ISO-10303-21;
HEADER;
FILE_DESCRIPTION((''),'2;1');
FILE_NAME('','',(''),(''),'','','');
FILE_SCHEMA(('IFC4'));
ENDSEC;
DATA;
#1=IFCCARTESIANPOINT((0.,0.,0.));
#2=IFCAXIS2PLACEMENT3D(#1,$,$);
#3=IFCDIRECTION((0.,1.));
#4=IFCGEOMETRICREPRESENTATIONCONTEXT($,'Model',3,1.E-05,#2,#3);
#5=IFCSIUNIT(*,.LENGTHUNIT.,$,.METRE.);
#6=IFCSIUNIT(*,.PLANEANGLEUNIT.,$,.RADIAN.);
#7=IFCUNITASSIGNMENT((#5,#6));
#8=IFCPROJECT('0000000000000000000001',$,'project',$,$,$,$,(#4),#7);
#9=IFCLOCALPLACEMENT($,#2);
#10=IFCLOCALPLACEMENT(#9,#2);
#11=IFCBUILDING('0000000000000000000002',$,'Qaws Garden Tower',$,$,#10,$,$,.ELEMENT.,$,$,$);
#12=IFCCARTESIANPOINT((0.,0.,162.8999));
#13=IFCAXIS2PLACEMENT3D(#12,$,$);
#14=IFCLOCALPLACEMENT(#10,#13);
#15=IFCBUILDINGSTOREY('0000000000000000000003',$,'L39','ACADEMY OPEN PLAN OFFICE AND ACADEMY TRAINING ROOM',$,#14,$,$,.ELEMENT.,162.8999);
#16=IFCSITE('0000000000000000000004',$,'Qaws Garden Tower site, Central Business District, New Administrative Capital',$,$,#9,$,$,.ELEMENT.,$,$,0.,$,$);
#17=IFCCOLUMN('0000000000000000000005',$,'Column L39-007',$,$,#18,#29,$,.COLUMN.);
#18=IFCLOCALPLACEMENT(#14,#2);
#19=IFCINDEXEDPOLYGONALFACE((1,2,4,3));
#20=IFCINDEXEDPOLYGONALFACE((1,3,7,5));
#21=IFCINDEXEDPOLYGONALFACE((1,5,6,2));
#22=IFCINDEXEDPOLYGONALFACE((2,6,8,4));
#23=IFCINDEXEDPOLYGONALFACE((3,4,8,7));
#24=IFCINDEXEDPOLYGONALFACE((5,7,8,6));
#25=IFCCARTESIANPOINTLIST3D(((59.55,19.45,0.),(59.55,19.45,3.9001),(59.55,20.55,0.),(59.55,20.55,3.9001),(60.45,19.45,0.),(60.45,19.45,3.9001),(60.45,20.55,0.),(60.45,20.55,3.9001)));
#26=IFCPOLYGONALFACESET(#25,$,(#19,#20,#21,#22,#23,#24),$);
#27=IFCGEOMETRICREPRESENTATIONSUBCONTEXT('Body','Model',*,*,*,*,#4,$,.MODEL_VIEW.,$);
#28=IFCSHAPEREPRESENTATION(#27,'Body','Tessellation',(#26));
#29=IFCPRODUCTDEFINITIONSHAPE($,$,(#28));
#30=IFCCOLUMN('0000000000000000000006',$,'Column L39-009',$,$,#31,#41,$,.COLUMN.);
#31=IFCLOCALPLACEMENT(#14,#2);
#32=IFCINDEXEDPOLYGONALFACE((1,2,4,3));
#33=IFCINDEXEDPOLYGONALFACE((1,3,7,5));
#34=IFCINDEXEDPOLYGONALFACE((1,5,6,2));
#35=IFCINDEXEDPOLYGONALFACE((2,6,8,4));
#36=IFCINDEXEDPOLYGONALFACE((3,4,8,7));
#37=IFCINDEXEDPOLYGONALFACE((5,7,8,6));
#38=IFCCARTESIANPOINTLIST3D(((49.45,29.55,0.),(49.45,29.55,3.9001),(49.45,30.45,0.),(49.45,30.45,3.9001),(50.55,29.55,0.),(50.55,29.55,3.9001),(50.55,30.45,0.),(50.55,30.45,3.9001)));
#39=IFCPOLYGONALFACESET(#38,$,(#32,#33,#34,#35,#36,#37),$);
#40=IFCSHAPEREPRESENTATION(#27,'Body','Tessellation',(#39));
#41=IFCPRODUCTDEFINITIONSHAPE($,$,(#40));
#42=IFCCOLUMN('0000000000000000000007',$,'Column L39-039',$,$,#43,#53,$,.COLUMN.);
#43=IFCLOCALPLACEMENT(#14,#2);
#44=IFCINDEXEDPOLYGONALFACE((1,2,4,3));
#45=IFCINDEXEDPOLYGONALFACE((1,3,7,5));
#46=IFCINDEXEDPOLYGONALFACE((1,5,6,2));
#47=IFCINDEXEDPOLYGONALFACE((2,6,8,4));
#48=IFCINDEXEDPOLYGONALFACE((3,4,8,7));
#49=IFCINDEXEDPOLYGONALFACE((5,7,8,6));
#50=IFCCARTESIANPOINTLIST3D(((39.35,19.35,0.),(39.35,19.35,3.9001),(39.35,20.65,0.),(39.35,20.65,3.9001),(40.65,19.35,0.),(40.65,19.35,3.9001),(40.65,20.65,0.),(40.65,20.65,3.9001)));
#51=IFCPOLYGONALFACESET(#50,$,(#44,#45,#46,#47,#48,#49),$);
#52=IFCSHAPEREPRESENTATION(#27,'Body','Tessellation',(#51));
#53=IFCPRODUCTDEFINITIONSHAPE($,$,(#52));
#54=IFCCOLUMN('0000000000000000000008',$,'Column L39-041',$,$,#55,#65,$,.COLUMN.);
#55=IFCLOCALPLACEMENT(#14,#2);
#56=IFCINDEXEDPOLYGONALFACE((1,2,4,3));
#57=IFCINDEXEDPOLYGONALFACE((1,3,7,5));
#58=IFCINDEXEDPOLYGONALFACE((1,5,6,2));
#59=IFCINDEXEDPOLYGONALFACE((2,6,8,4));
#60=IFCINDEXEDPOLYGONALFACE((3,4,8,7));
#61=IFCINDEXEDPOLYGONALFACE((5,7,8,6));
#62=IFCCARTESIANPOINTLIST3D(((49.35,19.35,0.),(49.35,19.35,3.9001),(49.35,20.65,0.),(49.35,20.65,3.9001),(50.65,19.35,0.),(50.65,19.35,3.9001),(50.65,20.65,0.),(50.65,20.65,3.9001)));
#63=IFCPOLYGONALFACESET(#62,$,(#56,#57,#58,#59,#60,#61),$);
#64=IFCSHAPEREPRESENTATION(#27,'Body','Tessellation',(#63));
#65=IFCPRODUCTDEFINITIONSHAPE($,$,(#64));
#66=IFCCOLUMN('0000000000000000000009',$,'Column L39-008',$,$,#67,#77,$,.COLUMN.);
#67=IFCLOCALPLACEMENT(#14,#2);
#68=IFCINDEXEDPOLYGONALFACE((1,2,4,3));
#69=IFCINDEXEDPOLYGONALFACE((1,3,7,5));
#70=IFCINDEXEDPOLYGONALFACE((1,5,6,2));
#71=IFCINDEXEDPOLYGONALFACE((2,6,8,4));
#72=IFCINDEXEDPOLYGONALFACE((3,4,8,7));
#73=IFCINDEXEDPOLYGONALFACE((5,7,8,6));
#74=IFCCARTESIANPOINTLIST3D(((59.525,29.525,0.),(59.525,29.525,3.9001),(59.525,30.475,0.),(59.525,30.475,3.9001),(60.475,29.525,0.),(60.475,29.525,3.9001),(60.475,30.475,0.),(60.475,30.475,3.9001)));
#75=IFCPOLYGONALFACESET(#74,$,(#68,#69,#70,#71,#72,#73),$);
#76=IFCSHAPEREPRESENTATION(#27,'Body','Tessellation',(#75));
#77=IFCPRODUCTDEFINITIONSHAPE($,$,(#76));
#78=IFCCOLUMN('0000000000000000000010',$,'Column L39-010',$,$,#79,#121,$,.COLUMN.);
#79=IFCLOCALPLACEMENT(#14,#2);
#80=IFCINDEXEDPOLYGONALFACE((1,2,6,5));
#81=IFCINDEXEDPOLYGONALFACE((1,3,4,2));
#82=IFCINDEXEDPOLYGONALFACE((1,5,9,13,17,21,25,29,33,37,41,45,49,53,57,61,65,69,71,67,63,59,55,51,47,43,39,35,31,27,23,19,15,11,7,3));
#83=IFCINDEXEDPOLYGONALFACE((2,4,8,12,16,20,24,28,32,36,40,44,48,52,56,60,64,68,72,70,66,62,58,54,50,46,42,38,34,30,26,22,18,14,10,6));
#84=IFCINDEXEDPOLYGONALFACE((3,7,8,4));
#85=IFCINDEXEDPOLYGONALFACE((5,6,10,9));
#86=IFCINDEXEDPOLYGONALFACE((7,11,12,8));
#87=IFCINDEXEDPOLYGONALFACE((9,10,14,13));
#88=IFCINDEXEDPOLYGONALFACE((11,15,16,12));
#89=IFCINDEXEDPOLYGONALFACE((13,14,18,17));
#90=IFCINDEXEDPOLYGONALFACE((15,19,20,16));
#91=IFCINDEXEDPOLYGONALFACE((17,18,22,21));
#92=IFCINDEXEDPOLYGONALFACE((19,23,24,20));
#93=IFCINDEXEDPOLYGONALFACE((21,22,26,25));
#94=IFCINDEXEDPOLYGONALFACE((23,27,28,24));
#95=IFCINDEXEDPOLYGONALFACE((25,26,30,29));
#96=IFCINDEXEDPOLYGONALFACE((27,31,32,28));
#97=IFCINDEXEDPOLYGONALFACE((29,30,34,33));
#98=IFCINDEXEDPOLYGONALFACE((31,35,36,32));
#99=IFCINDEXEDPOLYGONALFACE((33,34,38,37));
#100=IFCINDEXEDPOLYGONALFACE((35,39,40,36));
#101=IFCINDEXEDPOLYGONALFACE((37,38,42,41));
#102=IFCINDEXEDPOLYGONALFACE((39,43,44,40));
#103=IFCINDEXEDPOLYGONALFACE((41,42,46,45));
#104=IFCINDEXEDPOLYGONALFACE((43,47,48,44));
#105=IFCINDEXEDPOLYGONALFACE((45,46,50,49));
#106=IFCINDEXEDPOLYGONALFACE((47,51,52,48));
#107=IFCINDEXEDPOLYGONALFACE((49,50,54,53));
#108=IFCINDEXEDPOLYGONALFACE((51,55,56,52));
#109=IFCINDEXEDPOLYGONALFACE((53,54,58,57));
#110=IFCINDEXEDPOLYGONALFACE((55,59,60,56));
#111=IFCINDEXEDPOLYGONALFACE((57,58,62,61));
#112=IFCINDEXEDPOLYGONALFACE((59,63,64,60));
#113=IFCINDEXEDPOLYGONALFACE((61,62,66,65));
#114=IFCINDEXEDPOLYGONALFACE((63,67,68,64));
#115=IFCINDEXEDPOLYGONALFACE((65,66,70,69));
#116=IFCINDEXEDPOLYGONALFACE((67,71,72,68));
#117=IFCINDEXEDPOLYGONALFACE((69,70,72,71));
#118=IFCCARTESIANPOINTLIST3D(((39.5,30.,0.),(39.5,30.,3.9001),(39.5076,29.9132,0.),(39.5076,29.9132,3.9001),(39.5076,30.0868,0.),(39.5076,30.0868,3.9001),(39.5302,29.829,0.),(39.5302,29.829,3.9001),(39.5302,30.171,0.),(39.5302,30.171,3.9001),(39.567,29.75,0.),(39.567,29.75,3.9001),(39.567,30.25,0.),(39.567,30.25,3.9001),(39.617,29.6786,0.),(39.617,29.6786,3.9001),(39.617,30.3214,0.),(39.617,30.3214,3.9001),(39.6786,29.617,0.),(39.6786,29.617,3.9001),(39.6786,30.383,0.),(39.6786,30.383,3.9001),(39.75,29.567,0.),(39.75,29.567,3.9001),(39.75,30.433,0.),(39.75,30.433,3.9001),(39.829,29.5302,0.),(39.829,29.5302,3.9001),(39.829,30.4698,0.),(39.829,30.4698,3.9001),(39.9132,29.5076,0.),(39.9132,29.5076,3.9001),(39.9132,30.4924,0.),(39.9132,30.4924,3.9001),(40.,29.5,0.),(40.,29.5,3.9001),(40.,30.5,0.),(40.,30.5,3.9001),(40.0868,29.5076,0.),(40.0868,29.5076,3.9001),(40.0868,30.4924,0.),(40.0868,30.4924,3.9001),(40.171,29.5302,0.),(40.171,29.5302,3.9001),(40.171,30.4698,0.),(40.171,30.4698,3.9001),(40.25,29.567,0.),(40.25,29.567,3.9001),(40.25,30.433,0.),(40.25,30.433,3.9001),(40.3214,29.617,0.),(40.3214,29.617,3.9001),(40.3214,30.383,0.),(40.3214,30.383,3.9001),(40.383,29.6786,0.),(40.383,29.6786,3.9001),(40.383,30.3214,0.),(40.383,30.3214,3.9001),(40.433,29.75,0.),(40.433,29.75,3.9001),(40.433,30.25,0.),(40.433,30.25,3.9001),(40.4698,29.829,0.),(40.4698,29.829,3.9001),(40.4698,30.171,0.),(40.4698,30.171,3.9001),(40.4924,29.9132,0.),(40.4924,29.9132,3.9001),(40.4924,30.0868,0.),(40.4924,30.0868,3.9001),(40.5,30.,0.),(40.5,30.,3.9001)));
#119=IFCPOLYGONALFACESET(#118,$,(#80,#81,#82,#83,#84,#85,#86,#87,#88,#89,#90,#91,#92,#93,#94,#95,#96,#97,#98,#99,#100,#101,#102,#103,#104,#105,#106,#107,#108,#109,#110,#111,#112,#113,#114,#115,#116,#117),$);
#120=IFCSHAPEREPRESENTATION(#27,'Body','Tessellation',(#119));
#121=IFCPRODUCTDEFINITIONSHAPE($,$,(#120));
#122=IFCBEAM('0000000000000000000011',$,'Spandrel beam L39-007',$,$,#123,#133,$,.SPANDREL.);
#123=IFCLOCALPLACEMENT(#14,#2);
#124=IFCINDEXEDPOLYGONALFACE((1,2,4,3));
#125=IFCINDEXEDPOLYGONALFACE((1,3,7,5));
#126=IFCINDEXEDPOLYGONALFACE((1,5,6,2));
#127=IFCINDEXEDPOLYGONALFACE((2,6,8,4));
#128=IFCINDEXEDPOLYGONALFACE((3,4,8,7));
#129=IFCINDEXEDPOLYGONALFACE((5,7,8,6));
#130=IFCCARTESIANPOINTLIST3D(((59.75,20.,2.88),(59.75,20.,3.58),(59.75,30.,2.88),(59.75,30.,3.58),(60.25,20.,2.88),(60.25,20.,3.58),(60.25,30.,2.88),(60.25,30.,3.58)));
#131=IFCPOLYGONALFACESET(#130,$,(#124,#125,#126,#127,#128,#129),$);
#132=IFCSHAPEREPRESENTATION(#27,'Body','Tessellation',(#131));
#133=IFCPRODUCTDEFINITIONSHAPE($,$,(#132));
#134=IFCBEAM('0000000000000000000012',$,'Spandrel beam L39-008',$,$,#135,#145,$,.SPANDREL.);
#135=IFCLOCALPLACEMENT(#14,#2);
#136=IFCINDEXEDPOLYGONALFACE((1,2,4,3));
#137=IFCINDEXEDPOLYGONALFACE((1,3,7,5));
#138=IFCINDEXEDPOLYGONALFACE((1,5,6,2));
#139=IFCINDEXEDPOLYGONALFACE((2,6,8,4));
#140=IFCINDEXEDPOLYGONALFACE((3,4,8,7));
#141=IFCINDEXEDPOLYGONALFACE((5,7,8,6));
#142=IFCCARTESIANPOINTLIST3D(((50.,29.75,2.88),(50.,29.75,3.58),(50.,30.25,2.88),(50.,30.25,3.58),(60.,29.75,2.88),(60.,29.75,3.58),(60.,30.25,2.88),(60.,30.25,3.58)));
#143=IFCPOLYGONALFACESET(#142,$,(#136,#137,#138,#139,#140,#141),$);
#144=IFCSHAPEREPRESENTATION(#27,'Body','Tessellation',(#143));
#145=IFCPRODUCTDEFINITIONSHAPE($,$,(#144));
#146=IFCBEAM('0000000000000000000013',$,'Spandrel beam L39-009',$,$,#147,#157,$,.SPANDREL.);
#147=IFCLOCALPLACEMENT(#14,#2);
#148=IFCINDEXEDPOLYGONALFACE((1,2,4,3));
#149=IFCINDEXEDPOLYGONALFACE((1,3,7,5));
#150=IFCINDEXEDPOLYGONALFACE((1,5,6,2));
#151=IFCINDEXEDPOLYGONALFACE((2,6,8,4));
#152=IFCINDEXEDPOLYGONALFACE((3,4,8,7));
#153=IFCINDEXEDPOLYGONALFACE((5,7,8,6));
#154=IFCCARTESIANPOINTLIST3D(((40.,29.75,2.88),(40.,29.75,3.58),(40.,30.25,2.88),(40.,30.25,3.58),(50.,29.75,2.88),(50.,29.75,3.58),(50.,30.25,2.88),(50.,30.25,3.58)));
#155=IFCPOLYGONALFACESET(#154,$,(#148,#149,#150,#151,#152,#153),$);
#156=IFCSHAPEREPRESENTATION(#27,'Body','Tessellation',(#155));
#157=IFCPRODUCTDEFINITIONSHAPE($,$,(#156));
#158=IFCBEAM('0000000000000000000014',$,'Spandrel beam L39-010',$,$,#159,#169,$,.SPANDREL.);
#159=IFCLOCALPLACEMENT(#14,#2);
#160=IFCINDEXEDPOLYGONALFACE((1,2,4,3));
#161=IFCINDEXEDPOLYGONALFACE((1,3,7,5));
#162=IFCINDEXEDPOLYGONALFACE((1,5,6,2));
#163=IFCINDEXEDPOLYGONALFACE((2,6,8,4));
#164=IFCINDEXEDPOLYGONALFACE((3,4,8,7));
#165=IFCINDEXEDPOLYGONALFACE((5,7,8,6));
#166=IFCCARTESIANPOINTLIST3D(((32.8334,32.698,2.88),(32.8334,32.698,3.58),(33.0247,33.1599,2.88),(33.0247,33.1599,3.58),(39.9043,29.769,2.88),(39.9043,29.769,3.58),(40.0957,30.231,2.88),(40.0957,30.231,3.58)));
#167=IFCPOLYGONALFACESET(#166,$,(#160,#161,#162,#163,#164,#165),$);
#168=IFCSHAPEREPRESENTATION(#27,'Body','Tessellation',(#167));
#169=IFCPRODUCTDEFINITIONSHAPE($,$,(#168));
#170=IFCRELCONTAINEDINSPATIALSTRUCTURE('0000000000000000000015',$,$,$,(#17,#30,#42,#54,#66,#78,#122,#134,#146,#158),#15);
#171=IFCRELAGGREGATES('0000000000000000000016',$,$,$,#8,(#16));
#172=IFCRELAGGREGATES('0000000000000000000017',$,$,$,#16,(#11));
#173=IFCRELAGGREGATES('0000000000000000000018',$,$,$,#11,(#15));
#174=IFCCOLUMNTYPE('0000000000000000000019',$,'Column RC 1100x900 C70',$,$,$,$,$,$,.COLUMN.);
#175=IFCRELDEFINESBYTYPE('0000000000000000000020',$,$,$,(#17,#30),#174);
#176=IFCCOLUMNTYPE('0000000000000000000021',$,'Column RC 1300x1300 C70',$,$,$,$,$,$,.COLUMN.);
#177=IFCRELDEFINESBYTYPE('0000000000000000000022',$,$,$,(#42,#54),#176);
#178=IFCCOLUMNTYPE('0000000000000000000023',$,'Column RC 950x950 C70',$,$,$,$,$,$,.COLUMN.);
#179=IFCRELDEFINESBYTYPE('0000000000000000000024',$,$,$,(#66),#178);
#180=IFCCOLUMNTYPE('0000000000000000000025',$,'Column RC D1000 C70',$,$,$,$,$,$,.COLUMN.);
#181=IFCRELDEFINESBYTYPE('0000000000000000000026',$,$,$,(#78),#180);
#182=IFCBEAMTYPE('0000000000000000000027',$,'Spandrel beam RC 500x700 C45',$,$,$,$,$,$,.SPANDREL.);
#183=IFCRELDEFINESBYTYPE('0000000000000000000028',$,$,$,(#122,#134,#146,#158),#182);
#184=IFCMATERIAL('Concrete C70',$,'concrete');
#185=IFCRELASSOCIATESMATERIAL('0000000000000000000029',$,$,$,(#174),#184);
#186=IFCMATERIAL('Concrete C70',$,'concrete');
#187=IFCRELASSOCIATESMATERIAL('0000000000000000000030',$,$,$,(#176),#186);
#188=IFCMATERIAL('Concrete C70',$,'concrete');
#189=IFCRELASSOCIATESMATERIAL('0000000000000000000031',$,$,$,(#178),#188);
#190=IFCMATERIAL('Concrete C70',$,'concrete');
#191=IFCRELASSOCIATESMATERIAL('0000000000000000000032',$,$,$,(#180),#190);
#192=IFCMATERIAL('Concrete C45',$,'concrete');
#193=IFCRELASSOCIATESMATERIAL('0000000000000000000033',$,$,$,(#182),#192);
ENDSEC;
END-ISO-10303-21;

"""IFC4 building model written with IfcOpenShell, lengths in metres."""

from ifc_helpers import new_model, si_unit, direction, frame, origin, origin_2d, place, context, subcontext, project, spatial, rectangle, circle, extrude, material, material_profile, profile_set, type_object, element, save


model = new_model("IFC4")

# Units and contexts
model_context = context("Model", 3, precision=1e-05, world=origin(), true_north=direction((0.0, 1.0)))
body_context = subcontext(model_context, "Body", "Model", "MODEL_VIEW")
ifc_project = project(units=[si_unit("LENGTHUNIT", "METRE"), si_unit("PLANEANGLEUNIT", "RADIAN")], contexts=[model_context])

# Site, building, storey
site_placement = place(None, origin())
site = spatial("IfcSite", under=ifc_project, at=site_placement, Name="Qaws Garden Tower site, Central Business District, New Administrative Capital", CompositionType="ELEMENT", RefElevation=0.0)
building_placement = place(site_placement, origin())
building = spatial("IfcBuilding", under=site, at=building_placement, Name="Qaws Garden Tower", CompositionType="ELEMENT")
storey_placement = place(building_placement, frame((0.0, 0.0, 162.8999)))
storey = spatial("IfcBuildingStorey", under=building, at=storey_placement, Name="L39", Description="ACADEMY OPEN PLAN OFFICE AND ACADEMY TRAINING ROOM", CompositionType="ELEMENT", Elevation=162.8999)

# Columns
ifc_material_1 = material(Name="Concrete C70", Category="concrete")
ifc_material_profile_1 = material_profile(ifc_material_1, rectangle(XDim=1.1001, YDim=0.8999, at=origin_2d()), Name="RC 1100x900")
ifc_profile_set_1 = profile_set([ifc_material_profile_1], Name="Concrete C70")
column_type_1 = type_object("IfcColumnType", Name="Column RC 1100x900 C70", PredefinedType="COLUMN", material=ifc_profile_set_1)
for number, where, z_axis, x_axis, name in (
    (1, (60.0, 20.0, 0.0), (0.0, 0.0, 1.0), (0.0, 1.0, 0.0), "Column L39-007"),
    (2, (50.0, 30.0, 0.0), (0.0, 0.0, 1.0), (1.0, 0.0, 0.0), "Column L39-009"),
):
    element("IfcColumn", number, at=place(storey_placement, frame(where, z_axis=z_axis, x_axis=x_axis)), inside=storey, type_object=column_type_1, Name=name, PredefinedType="COLUMN", context=body_context, shape_type="SweptSolid", body=[
        extrude(rectangle(XDim=1.1001, YDim=0.8999, at=origin_2d()), origin(), (0.0, 0.0, 1.0), 3.9001),
    ])
ifc_material_2 = material(Name="Concrete C70", Category="concrete")
ifc_material_profile_2 = material_profile(ifc_material_2, rectangle(XDim=1.3, YDim=1.3, at=origin_2d()), Name="RC 1300x1300")
ifc_profile_set_2 = profile_set([ifc_material_profile_2], Name="Concrete C70")
column_type_2 = type_object("IfcColumnType", Name="Column RC 1300x1300 C70", PredefinedType="COLUMN", material=ifc_profile_set_2)
for number, where, z_axis, x_axis, name in (
    (3, (40.0, 20.0, 0.0), (0.0, 0.0, 1.0), (1.0, 0.0, 0.0), "Column L39-039"),
    (4, (50.0, 20.0, 0.0), (0.0, 0.0, 1.0), (1.0, 0.0, 0.0), "Column L39-041"),
):
    element("IfcColumn", number, at=place(storey_placement, frame(where, z_axis=z_axis, x_axis=x_axis)), inside=storey, type_object=column_type_2, Name=name, PredefinedType="COLUMN", context=body_context, shape_type="SweptSolid", body=[
        extrude(rectangle(XDim=1.3, YDim=1.3, at=origin_2d()), origin(), (0.0, 0.0, 1.0), 3.9001),
    ])
ifc_material_3 = material(Name="Concrete C70", Category="concrete")
ifc_material_profile_3 = material_profile(ifc_material_3, rectangle(XDim=0.95, YDim=0.95, at=origin_2d()), Name="RC 950x950")
ifc_profile_set_3 = profile_set([ifc_material_profile_3], Name="Concrete C70")
column_type_3 = type_object("IfcColumnType", Name="Column RC 950x950 C70", PredefinedType="COLUMN", material=ifc_profile_set_3)
column_1_placement = place(storey_placement, frame((60.0, 30.0, 0.0), z_axis=(0.0, 0.0, 1.0), x_axis=(1.0, 0.0, 0.0)))
element("IfcColumn", 5, at=column_1_placement, inside=storey, type_object=column_type_3, Name="Column L39-008", PredefinedType="COLUMN", context=body_context, shape_type="SweptSolid", body=[
    extrude(rectangle(XDim=0.95, YDim=0.95, at=origin_2d()), origin(), (0.0, 0.0, 1.0), 3.9001),
])
ifc_material_4 = material(Name="Concrete C70", Category="concrete")
ifc_material_profile_4 = material_profile(ifc_material_4, circle(Radius=0.5, at=origin_2d()), Name="RC D1000")
ifc_profile_set_4 = profile_set([ifc_material_profile_4], Name="Concrete C70")
column_type_4 = type_object("IfcColumnType", Name="Column RC D1000 C70", PredefinedType="COLUMN", material=ifc_profile_set_4)
column_2_placement = place(storey_placement, frame((40.0, 30.0, 0.0), z_axis=(0.0, 0.0, 1.0), x_axis=(1.0, 0.0, 0.0)))
element("IfcColumn", 6, at=column_2_placement, inside=storey, type_object=column_type_4, Name="Column L39-010", PredefinedType="COLUMN", context=body_context, shape_type="SweptSolid", body=[
    extrude(circle(Radius=0.5, at=origin_2d()), origin(), (0.0, 0.0, 1.0), 3.9001),
])

# Beams
ifc_material_5 = material(Name="Concrete C45", Category="concrete")
ifc_material_profile_5 = material_profile(ifc_material_5, rectangle(XDim=0.5, YDim=0.7, at=origin_2d()), Name="RC 500x700")
ifc_profile_set_5 = profile_set([ifc_material_profile_5], Name="Concrete C45")
beam_type = type_object("IfcBeamType", Name="Spandrel beam RC 500x700 C45", PredefinedType="SPANDREL", material=ifc_profile_set_5)
for number, where, z_axis, x_axis, name in (
    (7, (60.0, 20.0, 3.23), (0.0, 1.0, 0.0), (-1.0, 0.0, 0.0), "Spandrel beam L39-007"),
    (8, (60.0, 30.0, 3.23), (-1.0, 0.0, 0.0), (0.0, -1.0, 0.0), "Spandrel beam L39-008"),
    (9, (50.0, 30.0, 3.23), (-1.0, 0.0, 0.0), (0.0, -1.0, 0.0), "Spandrel beam L39-009"),
):
    element("IfcBeam", number, at=place(storey_placement, frame(where, z_axis=z_axis, x_axis=x_axis)), inside=storey, type_object=beam_type, Name=name, PredefinedType="SPANDREL", context=body_context, shape_type="SweptSolid", body=[
        extrude(rectangle(XDim=0.5, YDim=0.7, at=origin_2d()), origin(), (0.0, 0.0, 1.0), 10.0),
    ])
beam_placement = place(storey_placement, frame((40.0, 30.0, 3.23), z_axis=(-0.923878, 0.382687, 0.0), x_axis=(-0.382687, -0.923878, 0.0)))
element("IfcBeam", 10, at=beam_placement, inside=storey, type_object=beam_type, Name="Spandrel beam L39-010", PredefinedType="SPANDREL", context=body_context, shape_type="SweptSolid", body=[
    extrude(rectangle(XDim=0.5, YDim=0.7, at=origin_2d()), origin(), (0.0, 0.0, 1.0), 7.6536),
])

save(model, "model.ifc")
